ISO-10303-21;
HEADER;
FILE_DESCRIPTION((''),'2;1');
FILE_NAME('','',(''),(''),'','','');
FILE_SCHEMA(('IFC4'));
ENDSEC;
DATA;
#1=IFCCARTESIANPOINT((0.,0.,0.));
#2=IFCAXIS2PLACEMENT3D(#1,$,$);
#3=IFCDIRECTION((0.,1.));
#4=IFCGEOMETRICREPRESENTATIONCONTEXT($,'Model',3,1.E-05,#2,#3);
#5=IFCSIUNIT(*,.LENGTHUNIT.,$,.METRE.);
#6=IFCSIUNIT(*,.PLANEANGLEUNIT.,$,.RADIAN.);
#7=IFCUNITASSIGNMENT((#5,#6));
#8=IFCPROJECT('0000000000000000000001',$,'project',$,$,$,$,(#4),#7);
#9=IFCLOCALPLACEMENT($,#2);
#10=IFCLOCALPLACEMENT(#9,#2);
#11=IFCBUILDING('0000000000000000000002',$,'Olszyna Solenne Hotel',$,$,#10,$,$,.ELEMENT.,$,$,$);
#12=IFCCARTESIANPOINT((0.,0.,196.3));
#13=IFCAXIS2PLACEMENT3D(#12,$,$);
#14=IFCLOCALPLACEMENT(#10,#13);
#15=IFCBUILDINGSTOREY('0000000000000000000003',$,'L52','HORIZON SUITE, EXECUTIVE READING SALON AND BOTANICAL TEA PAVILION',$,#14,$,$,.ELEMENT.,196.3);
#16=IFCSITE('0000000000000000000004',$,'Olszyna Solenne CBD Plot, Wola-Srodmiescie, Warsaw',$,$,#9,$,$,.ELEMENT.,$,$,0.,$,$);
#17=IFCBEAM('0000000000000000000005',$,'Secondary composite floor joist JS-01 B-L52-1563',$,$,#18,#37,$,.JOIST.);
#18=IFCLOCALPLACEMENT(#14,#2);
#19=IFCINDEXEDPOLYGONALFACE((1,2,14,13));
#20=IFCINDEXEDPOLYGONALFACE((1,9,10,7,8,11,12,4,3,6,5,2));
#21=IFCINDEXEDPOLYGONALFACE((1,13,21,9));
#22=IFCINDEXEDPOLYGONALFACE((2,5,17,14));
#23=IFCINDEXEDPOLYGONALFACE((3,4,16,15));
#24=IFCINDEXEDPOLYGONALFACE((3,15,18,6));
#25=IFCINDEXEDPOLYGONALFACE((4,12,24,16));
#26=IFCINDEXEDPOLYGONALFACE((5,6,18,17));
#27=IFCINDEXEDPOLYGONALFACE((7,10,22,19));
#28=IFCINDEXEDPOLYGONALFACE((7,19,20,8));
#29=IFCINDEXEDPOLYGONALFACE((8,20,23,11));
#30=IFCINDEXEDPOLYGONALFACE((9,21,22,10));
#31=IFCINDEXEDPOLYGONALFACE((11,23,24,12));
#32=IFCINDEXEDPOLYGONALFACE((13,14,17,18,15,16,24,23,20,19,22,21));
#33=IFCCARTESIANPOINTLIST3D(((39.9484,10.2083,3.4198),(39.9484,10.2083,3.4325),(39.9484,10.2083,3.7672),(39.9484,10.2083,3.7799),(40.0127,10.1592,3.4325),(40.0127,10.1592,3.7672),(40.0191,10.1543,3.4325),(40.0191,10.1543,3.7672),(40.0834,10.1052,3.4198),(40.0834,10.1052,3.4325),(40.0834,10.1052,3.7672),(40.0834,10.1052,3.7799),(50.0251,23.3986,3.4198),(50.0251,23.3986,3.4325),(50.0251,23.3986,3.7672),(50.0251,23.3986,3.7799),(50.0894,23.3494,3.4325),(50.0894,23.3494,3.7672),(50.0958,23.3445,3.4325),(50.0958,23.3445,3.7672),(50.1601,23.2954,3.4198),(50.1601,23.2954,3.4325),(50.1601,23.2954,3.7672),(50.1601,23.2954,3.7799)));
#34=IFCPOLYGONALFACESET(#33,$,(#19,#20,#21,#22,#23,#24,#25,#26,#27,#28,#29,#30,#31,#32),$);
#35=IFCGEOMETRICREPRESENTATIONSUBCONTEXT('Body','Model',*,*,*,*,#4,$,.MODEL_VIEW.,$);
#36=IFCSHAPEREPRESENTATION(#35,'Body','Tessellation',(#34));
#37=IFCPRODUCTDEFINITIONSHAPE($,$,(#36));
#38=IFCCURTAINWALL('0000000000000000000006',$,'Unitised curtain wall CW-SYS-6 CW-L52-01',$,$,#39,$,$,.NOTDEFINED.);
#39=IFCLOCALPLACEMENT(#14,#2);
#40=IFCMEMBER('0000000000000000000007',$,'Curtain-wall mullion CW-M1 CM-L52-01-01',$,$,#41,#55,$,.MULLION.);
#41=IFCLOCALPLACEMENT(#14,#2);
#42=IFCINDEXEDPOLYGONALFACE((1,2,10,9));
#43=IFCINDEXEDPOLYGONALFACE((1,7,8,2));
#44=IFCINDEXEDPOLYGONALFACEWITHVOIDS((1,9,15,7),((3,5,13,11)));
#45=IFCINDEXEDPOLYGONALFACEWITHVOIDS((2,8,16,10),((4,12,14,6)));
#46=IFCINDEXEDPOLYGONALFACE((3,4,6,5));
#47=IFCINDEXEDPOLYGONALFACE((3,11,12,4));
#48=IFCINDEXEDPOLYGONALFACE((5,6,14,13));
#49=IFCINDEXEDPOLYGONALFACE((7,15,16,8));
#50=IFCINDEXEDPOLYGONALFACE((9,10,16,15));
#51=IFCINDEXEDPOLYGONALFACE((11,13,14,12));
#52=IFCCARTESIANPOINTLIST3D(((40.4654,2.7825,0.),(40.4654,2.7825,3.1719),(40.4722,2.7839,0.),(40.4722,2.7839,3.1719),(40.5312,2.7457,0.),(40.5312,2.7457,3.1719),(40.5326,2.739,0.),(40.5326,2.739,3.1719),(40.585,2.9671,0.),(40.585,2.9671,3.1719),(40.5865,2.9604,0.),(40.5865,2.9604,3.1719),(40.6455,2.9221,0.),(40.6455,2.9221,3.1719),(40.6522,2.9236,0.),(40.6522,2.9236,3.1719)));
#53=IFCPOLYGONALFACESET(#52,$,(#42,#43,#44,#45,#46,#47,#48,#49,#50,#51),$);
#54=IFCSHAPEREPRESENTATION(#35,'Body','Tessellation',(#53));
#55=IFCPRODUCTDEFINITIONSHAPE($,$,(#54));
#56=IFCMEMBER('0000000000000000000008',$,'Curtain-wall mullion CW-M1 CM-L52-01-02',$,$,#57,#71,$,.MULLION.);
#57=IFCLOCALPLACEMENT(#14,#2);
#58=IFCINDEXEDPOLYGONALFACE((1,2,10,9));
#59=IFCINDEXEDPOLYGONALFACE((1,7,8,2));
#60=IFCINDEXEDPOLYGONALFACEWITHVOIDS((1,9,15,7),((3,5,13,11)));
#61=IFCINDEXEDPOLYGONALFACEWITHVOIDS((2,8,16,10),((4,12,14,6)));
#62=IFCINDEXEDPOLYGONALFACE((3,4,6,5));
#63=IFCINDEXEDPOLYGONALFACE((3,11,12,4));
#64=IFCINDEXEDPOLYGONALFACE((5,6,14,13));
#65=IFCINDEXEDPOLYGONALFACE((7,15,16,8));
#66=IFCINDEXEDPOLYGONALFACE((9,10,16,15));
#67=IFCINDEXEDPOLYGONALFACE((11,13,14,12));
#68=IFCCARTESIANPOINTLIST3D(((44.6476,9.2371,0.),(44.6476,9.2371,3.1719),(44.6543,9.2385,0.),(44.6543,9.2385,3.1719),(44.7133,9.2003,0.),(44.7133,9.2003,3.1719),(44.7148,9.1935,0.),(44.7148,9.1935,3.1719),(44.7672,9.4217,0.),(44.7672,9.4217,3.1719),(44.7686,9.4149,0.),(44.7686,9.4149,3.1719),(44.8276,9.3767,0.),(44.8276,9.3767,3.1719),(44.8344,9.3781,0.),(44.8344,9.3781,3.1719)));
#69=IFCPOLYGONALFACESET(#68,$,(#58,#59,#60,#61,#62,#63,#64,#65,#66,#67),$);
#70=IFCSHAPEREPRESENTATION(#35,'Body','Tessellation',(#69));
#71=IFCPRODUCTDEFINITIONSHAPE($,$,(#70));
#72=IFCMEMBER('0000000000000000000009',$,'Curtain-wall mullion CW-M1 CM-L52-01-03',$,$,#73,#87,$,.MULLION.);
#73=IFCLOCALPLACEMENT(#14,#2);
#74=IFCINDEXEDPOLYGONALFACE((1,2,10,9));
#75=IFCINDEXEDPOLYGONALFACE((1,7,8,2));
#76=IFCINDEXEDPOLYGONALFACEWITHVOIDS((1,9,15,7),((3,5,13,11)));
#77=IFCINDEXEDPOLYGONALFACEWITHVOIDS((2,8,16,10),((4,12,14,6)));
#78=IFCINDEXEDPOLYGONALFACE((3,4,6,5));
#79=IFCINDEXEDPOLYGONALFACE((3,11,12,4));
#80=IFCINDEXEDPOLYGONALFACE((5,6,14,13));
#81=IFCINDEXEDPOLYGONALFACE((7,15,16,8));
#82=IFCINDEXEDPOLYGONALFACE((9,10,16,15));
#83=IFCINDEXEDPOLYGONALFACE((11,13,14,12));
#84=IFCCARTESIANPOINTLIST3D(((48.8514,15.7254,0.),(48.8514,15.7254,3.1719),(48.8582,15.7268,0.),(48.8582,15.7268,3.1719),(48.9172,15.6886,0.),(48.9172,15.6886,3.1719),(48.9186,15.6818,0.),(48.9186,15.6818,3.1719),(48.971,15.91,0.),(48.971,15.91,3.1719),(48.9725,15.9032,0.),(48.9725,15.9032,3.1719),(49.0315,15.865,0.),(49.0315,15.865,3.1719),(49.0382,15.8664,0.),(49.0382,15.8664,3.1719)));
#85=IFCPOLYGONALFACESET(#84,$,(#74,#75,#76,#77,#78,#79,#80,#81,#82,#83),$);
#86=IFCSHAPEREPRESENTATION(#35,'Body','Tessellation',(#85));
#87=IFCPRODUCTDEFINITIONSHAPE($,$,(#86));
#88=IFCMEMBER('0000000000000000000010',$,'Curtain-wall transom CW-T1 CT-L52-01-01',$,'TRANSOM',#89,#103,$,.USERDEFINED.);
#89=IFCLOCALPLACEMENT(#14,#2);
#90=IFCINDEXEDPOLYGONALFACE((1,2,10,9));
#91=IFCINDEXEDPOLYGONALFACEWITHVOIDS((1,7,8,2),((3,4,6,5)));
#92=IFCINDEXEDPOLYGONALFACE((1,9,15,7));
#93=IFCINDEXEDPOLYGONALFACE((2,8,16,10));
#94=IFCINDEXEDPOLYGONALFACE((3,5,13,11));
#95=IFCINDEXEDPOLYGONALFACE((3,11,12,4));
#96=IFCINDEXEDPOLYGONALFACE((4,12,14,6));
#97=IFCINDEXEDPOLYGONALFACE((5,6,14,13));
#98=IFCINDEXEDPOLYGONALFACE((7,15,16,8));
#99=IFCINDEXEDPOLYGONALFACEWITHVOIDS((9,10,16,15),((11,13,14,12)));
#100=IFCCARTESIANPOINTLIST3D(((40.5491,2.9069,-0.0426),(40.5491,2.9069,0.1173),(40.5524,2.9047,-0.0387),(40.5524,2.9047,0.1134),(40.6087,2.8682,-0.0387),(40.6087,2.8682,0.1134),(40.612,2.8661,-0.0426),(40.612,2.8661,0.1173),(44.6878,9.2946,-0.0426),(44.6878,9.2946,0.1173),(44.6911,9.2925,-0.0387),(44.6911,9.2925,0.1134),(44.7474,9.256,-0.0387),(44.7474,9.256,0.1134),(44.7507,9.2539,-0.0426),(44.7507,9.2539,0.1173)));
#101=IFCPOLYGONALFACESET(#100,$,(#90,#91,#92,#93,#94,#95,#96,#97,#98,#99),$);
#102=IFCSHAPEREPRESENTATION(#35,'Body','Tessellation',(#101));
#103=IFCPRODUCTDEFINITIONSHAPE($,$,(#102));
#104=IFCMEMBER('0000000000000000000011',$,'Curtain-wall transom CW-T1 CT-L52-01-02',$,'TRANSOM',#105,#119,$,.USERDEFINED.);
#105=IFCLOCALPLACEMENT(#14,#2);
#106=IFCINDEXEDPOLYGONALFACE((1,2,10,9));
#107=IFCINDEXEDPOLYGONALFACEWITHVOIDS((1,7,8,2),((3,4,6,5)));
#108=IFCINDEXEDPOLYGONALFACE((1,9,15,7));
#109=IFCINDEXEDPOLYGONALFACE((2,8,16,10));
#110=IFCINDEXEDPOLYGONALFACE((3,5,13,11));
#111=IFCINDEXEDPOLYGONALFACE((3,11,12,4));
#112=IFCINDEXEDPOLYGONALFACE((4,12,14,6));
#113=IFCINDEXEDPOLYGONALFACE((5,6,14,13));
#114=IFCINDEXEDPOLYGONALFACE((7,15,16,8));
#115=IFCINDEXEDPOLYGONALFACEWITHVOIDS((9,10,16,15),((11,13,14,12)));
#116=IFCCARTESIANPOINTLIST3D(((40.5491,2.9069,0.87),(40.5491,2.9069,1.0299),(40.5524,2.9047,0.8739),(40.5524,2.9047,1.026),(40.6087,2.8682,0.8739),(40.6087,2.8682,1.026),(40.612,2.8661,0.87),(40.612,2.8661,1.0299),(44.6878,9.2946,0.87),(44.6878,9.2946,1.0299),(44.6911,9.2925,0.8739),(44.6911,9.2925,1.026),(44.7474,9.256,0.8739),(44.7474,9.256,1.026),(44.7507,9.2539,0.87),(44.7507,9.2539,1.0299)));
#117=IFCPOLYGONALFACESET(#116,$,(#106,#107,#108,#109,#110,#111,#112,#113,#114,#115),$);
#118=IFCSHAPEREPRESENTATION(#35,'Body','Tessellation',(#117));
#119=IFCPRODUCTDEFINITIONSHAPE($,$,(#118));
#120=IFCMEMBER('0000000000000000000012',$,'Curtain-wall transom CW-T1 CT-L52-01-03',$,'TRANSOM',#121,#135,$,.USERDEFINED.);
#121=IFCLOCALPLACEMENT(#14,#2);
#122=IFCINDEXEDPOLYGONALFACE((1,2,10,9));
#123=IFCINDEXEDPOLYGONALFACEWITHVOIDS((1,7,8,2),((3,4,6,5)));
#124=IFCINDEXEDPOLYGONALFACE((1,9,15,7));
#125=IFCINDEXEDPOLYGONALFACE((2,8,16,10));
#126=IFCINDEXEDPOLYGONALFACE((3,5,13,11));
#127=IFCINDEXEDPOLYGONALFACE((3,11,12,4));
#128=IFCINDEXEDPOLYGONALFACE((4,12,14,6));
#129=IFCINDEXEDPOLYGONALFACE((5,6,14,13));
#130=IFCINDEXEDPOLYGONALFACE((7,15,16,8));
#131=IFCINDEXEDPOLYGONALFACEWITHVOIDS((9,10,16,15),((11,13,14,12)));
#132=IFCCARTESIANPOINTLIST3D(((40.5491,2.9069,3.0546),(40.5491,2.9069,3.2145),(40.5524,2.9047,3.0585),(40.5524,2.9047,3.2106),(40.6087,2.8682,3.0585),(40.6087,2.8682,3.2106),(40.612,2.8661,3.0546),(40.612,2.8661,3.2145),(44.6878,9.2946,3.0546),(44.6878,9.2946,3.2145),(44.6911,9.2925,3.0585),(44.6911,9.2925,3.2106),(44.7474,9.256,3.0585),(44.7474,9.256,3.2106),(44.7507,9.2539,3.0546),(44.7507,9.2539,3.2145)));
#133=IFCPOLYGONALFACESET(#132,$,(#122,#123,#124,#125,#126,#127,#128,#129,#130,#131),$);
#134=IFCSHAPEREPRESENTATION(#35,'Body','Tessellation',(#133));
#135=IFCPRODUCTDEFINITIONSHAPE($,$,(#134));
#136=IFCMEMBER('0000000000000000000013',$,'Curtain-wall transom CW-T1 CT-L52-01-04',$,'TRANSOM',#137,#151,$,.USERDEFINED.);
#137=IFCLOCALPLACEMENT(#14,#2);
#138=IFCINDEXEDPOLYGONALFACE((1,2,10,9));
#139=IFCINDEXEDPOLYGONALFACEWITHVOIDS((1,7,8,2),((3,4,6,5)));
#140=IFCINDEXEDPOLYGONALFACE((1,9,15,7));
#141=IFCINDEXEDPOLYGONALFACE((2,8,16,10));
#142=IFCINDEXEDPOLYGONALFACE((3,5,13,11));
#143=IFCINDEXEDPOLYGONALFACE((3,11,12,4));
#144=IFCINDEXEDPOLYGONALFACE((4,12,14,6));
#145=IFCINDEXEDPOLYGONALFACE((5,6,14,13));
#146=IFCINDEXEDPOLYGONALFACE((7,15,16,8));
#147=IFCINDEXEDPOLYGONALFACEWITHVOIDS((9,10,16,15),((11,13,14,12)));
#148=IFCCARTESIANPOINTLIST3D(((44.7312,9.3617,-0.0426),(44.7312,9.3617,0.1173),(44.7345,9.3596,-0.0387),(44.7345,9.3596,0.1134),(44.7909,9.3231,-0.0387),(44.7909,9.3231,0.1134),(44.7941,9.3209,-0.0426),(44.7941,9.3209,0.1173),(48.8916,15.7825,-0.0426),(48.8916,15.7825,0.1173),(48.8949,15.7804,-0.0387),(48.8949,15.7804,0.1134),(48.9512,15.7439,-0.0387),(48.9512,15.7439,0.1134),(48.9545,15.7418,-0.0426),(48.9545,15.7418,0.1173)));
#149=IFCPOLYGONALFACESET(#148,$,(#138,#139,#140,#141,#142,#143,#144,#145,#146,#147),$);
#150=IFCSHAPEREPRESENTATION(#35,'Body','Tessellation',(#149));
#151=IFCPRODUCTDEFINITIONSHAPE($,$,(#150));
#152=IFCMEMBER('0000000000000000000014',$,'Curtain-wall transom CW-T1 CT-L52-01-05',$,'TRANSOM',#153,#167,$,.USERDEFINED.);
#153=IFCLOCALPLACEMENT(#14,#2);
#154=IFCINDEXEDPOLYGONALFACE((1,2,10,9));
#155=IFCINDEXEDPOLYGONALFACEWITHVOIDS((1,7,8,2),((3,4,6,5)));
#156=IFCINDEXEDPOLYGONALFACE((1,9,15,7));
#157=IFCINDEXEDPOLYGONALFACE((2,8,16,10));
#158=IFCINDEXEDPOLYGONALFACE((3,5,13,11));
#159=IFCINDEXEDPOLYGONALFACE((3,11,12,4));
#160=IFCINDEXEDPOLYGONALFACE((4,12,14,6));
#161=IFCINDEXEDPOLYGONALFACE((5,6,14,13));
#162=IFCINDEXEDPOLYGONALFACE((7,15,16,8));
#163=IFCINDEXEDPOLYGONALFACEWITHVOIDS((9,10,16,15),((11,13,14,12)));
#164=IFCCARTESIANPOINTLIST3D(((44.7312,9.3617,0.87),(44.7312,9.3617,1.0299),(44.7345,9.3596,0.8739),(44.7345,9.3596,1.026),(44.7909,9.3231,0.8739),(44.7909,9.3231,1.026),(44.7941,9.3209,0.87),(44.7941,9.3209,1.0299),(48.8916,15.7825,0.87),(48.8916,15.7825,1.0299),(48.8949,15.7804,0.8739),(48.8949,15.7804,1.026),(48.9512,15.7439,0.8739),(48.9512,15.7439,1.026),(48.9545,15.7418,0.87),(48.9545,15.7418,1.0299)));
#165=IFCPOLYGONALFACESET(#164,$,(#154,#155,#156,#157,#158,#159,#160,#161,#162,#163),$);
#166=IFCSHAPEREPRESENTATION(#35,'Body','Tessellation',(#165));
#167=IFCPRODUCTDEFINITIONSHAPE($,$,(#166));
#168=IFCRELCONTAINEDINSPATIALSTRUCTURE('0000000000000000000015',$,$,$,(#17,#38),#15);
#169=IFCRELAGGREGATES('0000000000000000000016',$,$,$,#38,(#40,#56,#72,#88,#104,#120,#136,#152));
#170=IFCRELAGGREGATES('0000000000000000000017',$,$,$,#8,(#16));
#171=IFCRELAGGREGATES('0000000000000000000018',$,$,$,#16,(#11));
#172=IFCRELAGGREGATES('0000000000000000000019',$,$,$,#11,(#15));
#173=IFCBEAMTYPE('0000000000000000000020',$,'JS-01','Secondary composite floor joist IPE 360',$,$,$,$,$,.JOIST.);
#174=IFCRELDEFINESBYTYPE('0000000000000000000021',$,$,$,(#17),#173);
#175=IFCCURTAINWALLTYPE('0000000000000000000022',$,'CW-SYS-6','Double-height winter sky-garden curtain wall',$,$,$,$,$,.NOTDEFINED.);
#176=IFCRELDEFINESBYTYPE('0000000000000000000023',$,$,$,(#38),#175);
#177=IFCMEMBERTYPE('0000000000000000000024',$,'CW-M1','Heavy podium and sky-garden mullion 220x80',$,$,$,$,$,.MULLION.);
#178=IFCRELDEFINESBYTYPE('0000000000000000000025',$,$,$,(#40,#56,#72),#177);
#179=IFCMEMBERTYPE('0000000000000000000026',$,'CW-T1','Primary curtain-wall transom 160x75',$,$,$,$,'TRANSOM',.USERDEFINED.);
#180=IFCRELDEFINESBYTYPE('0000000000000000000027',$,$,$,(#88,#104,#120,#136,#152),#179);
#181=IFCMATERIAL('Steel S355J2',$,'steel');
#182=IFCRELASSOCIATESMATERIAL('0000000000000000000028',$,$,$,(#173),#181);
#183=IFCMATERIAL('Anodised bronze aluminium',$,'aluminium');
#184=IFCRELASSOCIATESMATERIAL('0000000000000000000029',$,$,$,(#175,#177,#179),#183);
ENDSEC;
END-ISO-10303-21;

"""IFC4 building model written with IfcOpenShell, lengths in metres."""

from ifc_helpers import new_model, si_unit, direction, frame, origin, origin_2d, place, context, subcontext, project, spatial, hollow_rectangle, i_section, extrude, source, transform, mapped, material, material_profile, profile_set, type_object, element, aggregate, save


model = new_model("IFC4")

# Units and contexts
model_context = context("Model", 3, precision=1e-05, world=origin(), true_north=direction((0.0, 1.0)))
body_context = subcontext(model_context, "Body", "Model", "MODEL_VIEW")
ifc_project = project(units=[si_unit("LENGTHUNIT", "METRE"), si_unit("PLANEANGLEUNIT", "RADIAN")], contexts=[model_context])

# Site, building, storey
site_placement = place(None, origin())
site = spatial("IfcSite", under=ifc_project, at=site_placement, Name="Olszyna Solenne CBD Plot, Wola-Srodmiescie, Warsaw", CompositionType="ELEMENT", RefElevation=0.0)
building_placement = place(site_placement, origin())
building = spatial("IfcBuilding", under=site, at=building_placement, Name="Olszyna Solenne Hotel", CompositionType="ELEMENT")
storey_placement = place(building_placement, frame((0.0, 0.0, 196.3)))
storey = spatial("IfcBuildingStorey", under=building, at=storey_placement, Name="L52", Description="HORIZON SUITE, EXECUTIVE READING SALON AND BOTANICAL TEA PAVILION", CompositionType="ELEMENT", Elevation=196.3)

# Beam
ifc_material_1 = material(Name="Steel S355J2", Category="steel")
ifc_material_profile_1 = material_profile(ifc_material_1, i_section(OverallWidth=0.1699, OverallDepth=0.3601, WebThickness=0.0081, FlangeThickness=0.0127, at=origin_2d()), Name="IPE 360", Category="load-bearing")
ifc_profile_set_1 = profile_set([ifc_material_profile_1], Name="Steel S355J2")
beam_type_1 = type_object("IfcBeamType", Name="JS-01", Description="Secondary composite floor joist IPE 360", PredefinedType="JOIST", material=ifc_profile_set_1)
shared_shape_1 = source(origin(), body_context, "Body", "SweptSolid", [
    extrude(i_section(OverallWidth=0.1699, OverallDepth=0.3601, WebThickness=0.0081, FlangeThickness=0.0127, at=origin_2d()), origin(), (0.0, 0.0, 1.0), 16.5989),
])
beam_1_placement = place(storey_placement, frame((40.0159, 10.1567, 3.5999), z_axis=(0.607072, 0.794647, 0.0), x_axis=(-0.794647, 0.607072, 0.0)))
element("IfcBeam", 1, at=beam_1_placement, inside=storey, type_object=beam_type_1, Name="Secondary composite floor joist JS-01 B-L52-1563", PredefinedType="JOIST", context=body_context, shape_type="MappedRepresentation", body=[
    mapped(shared_shape_1, transform((0.0, 0.0, 0.0), x_axis=(1.0, 0.0, 0.0), y_axis=(0.0, 1.0, 0.0), z_axis=(0.0, 0.0, 1.0), scale=1.0)),
])

# Curtain wall, members
ifc_material_2 = material(Name="Anodised bronze aluminium", Category="aluminium")
curtain_wall_type = type_object("IfcCurtainWallType", Name="CW-SYS-6", Description="Double-height winter sky-garden curtain wall", PredefinedType="NOTDEFINED", material=ifc_material_2)
curtain_wall_placement = place(storey_placement, origin())
curtain_wall = element("IfcCurtainWall", 2, at=curtain_wall_placement, inside=storey, type_object=curtain_wall_type, Name="Unitised curtain wall CW-SYS-6 CW-L52-01", PredefinedType="NOTDEFINED")
ifc_material_profile_2 = material_profile(ifc_material_2, hollow_rectangle(XDim=0.0801, YDim=0.22, WallThickness=0.0049, at=origin_2d()), Name="MULL 220x80x5", Category="load-bearing")
ifc_profile_set_2 = profile_set([ifc_material_profile_2], Name="Anodised bronze aluminium")
member_type_1 = type_object("IfcMemberType", Name="CW-M1", Description="Heavy podium and sky-garden mullion 220x80", PredefinedType="MULLION", material=ifc_profile_set_2)
shared_shape_2 = source(origin(), body_context, "Body", "SweptSolid", [
    extrude(hollow_rectangle(XDim=0.0801, YDim=0.22, WallThickness=0.0049, at=origin_2d()), origin(), (0.0, 0.0, 1.0), 3.1719),
])
member_1_placement = place(storey_placement, frame((40.5588, 2.853, 0.0), z_axis=(0.0, 0.0, 1.0), x_axis=(-0.83924, 0.543762, 0.0)))
member_1 = element("IfcMember", 3, at=member_1_placement, type_object=member_type_1, Name="Curtain-wall mullion CW-M1 CM-L52-01-01", PredefinedType="MULLION", context=body_context, shape_type="MappedRepresentation", body=[
    mapped(shared_shape_2, transform((0.0, 0.0, 0.0), x_axis=(1.0, 0.0, 0.0), y_axis=(0.0, 1.0, 0.0), z_axis=(0.0, 0.0, 1.0), scale=1.0)),
])
member_2_placement = place(storey_placement, frame((44.741, 9.3076, 0.0), z_axis=(0.0, 0.0, 1.0), x_axis=(-0.83924, 0.543762, 0.0)))
member_2 = element("IfcMember", 4, at=member_2_placement, type_object=member_type_1, Name="Curtain-wall mullion CW-M1 CM-L52-01-02", PredefinedType="MULLION", context=body_context, shape_type="MappedRepresentation", body=[
    mapped(shared_shape_2, transform((0.0, 0.0, 0.0), x_axis=(1.0, 0.0, 0.0), y_axis=(0.0, 1.0, 0.0), z_axis=(0.0, 0.0, 1.0), scale=1.0)),
])
member_3_placement = place(storey_placement, frame((48.9448, 15.7959, 0.0), z_axis=(0.0, 0.0, 1.0), x_axis=(-0.83924, 0.543762, 0.0)))
member_3 = element("IfcMember", 5, at=member_3_placement, type_object=member_type_1, Name="Curtain-wall mullion CW-M1 CM-L52-01-03", PredefinedType="MULLION", context=body_context, shape_type="MappedRepresentation", body=[
    mapped(shared_shape_2, transform((0.0, 0.0, 0.0), x_axis=(1.0, 0.0, 0.0), y_axis=(0.0, 1.0, 0.0), z_axis=(0.0, 0.0, 1.0), scale=1.0)),
])
ifc_material_profile_3 = material_profile(ifc_material_2, hollow_rectangle(XDim=0.075, YDim=0.1599, WallThickness=0.0039, at=origin_2d()), Name="TRAN 160x75x4", Category="load-bearing")
ifc_profile_set_3 = profile_set([ifc_material_profile_3], Name="Anodised bronze aluminium")
member_type_2 = type_object("IfcMemberType", Name="CW-T1", Description="Primary curtain-wall transom 160x75", ElementType="TRANSOM", PredefinedType="USERDEFINED", material=ifc_profile_set_3)
shared_shape_3 = source(origin(), body_context, "Body", "SweptSolid", [
    extrude(hollow_rectangle(XDim=0.075, YDim=0.1599, WallThickness=0.0039, at=origin_2d()), origin(), (0.0, 0.0, 1.0), 7.6113),
])
member_4_placement = place(storey_placement, frame((40.5806, 2.8865, 0.0374), z_axis=(0.543757, 0.839243, 0.0), x_axis=(-0.839243, 0.543757, 0.0)))
member_4 = element("IfcMember", 6, at=member_4_placement, type_object=member_type_2, Name="Curtain-wall transom CW-T1 CT-L52-01-01", ObjectType="TRANSOM", PredefinedType="USERDEFINED", context=body_context, shape_type="MappedRepresentation", body=[
    mapped(shared_shape_3, transform((0.0, 0.0, 0.0), x_axis=(1.0, 0.0, 0.0), y_axis=(0.0, 1.0, 0.0), z_axis=(0.0, 0.0, 1.0), scale=1.0)),
])
member_5_placement = place(storey_placement, frame((40.5806, 2.8865, 0.95), z_axis=(0.543757, 0.839243, 0.0), x_axis=(-0.839243, 0.543757, 0.0)))
member_5 = element("IfcMember", 7, at=member_5_placement, type_object=member_type_2, Name="Curtain-wall transom CW-T1 CT-L52-01-02", ObjectType="TRANSOM", PredefinedType="USERDEFINED", context=body_context, shape_type="MappedRepresentation", body=[
    mapped(shared_shape_3, transform((0.0, 0.0, 0.0), x_axis=(1.0, 0.0, 0.0), y_axis=(0.0, 1.0, 0.0), z_axis=(0.0, 0.0, 1.0), scale=1.0)),
])
member_6_placement = place(storey_placement, frame((40.5806, 2.8865, 3.1345), z_axis=(0.543757, 0.839243, 0.0), x_axis=(-0.839243, 0.543757, 0.0)))
member_6 = element("IfcMember", 8, at=member_6_placement, type_object=member_type_2, Name="Curtain-wall transom CW-T1 CT-L52-01-03", ObjectType="TRANSOM", PredefinedType="USERDEFINED", context=body_context, shape_type="MappedRepresentation", body=[
    mapped(shared_shape_3, transform((0.0, 0.0, 0.0), x_axis=(1.0, 0.0, 0.0), y_axis=(0.0, 1.0, 0.0), z_axis=(0.0, 0.0, 1.0), scale=1.0)),
])
shared_shape_4 = source(origin(), body_context, "Body", "SweptSolid", [
    extrude(hollow_rectangle(XDim=0.075, YDim=0.1599, WallThickness=0.0039, at=origin_2d()), origin(), (0.0, 0.0, 1.0), 7.6509),
])
member_7_placement = place(storey_placement, frame((44.7627, 9.3413, 0.0374), z_axis=(0.543776, 0.83923, 0.0), x_axis=(-0.83923, 0.543776, 0.0)))
member_7 = element("IfcMember", 9, at=member_7_placement, type_object=member_type_2, Name="Curtain-wall transom CW-T1 CT-L52-01-04", ObjectType="TRANSOM", PredefinedType="USERDEFINED", context=body_context, shape_type="MappedRepresentation", body=[
    mapped(shared_shape_4, transform((0.0, 0.0, 0.0), x_axis=(1.0, 0.0, 0.0), y_axis=(0.0, 1.0, 0.0), z_axis=(0.0, 0.0, 1.0), scale=1.0)),
])
member_8_placement = place(storey_placement, frame((44.7627, 9.3413, 0.95), z_axis=(0.543776, 0.83923, 0.0), x_axis=(-0.83923, 0.543776, 0.0)))
member_8 = element("IfcMember", 10, at=member_8_placement, type_object=member_type_2, Name="Curtain-wall transom CW-T1 CT-L52-01-05", ObjectType="TRANSOM", PredefinedType="USERDEFINED", context=body_context, shape_type="MappedRepresentation", body=[
    mapped(shared_shape_4, transform((0.0, 0.0, 0.0), x_axis=(1.0, 0.0, 0.0), y_axis=(0.0, 1.0, 0.0), z_axis=(0.0, 0.0, 1.0), scale=1.0)),
])

aggregate(curtain_wall, [member_1, member_2, member_3, member_4, member_5, member_6, member_7, member_8])

save(model, "model.ifc")
